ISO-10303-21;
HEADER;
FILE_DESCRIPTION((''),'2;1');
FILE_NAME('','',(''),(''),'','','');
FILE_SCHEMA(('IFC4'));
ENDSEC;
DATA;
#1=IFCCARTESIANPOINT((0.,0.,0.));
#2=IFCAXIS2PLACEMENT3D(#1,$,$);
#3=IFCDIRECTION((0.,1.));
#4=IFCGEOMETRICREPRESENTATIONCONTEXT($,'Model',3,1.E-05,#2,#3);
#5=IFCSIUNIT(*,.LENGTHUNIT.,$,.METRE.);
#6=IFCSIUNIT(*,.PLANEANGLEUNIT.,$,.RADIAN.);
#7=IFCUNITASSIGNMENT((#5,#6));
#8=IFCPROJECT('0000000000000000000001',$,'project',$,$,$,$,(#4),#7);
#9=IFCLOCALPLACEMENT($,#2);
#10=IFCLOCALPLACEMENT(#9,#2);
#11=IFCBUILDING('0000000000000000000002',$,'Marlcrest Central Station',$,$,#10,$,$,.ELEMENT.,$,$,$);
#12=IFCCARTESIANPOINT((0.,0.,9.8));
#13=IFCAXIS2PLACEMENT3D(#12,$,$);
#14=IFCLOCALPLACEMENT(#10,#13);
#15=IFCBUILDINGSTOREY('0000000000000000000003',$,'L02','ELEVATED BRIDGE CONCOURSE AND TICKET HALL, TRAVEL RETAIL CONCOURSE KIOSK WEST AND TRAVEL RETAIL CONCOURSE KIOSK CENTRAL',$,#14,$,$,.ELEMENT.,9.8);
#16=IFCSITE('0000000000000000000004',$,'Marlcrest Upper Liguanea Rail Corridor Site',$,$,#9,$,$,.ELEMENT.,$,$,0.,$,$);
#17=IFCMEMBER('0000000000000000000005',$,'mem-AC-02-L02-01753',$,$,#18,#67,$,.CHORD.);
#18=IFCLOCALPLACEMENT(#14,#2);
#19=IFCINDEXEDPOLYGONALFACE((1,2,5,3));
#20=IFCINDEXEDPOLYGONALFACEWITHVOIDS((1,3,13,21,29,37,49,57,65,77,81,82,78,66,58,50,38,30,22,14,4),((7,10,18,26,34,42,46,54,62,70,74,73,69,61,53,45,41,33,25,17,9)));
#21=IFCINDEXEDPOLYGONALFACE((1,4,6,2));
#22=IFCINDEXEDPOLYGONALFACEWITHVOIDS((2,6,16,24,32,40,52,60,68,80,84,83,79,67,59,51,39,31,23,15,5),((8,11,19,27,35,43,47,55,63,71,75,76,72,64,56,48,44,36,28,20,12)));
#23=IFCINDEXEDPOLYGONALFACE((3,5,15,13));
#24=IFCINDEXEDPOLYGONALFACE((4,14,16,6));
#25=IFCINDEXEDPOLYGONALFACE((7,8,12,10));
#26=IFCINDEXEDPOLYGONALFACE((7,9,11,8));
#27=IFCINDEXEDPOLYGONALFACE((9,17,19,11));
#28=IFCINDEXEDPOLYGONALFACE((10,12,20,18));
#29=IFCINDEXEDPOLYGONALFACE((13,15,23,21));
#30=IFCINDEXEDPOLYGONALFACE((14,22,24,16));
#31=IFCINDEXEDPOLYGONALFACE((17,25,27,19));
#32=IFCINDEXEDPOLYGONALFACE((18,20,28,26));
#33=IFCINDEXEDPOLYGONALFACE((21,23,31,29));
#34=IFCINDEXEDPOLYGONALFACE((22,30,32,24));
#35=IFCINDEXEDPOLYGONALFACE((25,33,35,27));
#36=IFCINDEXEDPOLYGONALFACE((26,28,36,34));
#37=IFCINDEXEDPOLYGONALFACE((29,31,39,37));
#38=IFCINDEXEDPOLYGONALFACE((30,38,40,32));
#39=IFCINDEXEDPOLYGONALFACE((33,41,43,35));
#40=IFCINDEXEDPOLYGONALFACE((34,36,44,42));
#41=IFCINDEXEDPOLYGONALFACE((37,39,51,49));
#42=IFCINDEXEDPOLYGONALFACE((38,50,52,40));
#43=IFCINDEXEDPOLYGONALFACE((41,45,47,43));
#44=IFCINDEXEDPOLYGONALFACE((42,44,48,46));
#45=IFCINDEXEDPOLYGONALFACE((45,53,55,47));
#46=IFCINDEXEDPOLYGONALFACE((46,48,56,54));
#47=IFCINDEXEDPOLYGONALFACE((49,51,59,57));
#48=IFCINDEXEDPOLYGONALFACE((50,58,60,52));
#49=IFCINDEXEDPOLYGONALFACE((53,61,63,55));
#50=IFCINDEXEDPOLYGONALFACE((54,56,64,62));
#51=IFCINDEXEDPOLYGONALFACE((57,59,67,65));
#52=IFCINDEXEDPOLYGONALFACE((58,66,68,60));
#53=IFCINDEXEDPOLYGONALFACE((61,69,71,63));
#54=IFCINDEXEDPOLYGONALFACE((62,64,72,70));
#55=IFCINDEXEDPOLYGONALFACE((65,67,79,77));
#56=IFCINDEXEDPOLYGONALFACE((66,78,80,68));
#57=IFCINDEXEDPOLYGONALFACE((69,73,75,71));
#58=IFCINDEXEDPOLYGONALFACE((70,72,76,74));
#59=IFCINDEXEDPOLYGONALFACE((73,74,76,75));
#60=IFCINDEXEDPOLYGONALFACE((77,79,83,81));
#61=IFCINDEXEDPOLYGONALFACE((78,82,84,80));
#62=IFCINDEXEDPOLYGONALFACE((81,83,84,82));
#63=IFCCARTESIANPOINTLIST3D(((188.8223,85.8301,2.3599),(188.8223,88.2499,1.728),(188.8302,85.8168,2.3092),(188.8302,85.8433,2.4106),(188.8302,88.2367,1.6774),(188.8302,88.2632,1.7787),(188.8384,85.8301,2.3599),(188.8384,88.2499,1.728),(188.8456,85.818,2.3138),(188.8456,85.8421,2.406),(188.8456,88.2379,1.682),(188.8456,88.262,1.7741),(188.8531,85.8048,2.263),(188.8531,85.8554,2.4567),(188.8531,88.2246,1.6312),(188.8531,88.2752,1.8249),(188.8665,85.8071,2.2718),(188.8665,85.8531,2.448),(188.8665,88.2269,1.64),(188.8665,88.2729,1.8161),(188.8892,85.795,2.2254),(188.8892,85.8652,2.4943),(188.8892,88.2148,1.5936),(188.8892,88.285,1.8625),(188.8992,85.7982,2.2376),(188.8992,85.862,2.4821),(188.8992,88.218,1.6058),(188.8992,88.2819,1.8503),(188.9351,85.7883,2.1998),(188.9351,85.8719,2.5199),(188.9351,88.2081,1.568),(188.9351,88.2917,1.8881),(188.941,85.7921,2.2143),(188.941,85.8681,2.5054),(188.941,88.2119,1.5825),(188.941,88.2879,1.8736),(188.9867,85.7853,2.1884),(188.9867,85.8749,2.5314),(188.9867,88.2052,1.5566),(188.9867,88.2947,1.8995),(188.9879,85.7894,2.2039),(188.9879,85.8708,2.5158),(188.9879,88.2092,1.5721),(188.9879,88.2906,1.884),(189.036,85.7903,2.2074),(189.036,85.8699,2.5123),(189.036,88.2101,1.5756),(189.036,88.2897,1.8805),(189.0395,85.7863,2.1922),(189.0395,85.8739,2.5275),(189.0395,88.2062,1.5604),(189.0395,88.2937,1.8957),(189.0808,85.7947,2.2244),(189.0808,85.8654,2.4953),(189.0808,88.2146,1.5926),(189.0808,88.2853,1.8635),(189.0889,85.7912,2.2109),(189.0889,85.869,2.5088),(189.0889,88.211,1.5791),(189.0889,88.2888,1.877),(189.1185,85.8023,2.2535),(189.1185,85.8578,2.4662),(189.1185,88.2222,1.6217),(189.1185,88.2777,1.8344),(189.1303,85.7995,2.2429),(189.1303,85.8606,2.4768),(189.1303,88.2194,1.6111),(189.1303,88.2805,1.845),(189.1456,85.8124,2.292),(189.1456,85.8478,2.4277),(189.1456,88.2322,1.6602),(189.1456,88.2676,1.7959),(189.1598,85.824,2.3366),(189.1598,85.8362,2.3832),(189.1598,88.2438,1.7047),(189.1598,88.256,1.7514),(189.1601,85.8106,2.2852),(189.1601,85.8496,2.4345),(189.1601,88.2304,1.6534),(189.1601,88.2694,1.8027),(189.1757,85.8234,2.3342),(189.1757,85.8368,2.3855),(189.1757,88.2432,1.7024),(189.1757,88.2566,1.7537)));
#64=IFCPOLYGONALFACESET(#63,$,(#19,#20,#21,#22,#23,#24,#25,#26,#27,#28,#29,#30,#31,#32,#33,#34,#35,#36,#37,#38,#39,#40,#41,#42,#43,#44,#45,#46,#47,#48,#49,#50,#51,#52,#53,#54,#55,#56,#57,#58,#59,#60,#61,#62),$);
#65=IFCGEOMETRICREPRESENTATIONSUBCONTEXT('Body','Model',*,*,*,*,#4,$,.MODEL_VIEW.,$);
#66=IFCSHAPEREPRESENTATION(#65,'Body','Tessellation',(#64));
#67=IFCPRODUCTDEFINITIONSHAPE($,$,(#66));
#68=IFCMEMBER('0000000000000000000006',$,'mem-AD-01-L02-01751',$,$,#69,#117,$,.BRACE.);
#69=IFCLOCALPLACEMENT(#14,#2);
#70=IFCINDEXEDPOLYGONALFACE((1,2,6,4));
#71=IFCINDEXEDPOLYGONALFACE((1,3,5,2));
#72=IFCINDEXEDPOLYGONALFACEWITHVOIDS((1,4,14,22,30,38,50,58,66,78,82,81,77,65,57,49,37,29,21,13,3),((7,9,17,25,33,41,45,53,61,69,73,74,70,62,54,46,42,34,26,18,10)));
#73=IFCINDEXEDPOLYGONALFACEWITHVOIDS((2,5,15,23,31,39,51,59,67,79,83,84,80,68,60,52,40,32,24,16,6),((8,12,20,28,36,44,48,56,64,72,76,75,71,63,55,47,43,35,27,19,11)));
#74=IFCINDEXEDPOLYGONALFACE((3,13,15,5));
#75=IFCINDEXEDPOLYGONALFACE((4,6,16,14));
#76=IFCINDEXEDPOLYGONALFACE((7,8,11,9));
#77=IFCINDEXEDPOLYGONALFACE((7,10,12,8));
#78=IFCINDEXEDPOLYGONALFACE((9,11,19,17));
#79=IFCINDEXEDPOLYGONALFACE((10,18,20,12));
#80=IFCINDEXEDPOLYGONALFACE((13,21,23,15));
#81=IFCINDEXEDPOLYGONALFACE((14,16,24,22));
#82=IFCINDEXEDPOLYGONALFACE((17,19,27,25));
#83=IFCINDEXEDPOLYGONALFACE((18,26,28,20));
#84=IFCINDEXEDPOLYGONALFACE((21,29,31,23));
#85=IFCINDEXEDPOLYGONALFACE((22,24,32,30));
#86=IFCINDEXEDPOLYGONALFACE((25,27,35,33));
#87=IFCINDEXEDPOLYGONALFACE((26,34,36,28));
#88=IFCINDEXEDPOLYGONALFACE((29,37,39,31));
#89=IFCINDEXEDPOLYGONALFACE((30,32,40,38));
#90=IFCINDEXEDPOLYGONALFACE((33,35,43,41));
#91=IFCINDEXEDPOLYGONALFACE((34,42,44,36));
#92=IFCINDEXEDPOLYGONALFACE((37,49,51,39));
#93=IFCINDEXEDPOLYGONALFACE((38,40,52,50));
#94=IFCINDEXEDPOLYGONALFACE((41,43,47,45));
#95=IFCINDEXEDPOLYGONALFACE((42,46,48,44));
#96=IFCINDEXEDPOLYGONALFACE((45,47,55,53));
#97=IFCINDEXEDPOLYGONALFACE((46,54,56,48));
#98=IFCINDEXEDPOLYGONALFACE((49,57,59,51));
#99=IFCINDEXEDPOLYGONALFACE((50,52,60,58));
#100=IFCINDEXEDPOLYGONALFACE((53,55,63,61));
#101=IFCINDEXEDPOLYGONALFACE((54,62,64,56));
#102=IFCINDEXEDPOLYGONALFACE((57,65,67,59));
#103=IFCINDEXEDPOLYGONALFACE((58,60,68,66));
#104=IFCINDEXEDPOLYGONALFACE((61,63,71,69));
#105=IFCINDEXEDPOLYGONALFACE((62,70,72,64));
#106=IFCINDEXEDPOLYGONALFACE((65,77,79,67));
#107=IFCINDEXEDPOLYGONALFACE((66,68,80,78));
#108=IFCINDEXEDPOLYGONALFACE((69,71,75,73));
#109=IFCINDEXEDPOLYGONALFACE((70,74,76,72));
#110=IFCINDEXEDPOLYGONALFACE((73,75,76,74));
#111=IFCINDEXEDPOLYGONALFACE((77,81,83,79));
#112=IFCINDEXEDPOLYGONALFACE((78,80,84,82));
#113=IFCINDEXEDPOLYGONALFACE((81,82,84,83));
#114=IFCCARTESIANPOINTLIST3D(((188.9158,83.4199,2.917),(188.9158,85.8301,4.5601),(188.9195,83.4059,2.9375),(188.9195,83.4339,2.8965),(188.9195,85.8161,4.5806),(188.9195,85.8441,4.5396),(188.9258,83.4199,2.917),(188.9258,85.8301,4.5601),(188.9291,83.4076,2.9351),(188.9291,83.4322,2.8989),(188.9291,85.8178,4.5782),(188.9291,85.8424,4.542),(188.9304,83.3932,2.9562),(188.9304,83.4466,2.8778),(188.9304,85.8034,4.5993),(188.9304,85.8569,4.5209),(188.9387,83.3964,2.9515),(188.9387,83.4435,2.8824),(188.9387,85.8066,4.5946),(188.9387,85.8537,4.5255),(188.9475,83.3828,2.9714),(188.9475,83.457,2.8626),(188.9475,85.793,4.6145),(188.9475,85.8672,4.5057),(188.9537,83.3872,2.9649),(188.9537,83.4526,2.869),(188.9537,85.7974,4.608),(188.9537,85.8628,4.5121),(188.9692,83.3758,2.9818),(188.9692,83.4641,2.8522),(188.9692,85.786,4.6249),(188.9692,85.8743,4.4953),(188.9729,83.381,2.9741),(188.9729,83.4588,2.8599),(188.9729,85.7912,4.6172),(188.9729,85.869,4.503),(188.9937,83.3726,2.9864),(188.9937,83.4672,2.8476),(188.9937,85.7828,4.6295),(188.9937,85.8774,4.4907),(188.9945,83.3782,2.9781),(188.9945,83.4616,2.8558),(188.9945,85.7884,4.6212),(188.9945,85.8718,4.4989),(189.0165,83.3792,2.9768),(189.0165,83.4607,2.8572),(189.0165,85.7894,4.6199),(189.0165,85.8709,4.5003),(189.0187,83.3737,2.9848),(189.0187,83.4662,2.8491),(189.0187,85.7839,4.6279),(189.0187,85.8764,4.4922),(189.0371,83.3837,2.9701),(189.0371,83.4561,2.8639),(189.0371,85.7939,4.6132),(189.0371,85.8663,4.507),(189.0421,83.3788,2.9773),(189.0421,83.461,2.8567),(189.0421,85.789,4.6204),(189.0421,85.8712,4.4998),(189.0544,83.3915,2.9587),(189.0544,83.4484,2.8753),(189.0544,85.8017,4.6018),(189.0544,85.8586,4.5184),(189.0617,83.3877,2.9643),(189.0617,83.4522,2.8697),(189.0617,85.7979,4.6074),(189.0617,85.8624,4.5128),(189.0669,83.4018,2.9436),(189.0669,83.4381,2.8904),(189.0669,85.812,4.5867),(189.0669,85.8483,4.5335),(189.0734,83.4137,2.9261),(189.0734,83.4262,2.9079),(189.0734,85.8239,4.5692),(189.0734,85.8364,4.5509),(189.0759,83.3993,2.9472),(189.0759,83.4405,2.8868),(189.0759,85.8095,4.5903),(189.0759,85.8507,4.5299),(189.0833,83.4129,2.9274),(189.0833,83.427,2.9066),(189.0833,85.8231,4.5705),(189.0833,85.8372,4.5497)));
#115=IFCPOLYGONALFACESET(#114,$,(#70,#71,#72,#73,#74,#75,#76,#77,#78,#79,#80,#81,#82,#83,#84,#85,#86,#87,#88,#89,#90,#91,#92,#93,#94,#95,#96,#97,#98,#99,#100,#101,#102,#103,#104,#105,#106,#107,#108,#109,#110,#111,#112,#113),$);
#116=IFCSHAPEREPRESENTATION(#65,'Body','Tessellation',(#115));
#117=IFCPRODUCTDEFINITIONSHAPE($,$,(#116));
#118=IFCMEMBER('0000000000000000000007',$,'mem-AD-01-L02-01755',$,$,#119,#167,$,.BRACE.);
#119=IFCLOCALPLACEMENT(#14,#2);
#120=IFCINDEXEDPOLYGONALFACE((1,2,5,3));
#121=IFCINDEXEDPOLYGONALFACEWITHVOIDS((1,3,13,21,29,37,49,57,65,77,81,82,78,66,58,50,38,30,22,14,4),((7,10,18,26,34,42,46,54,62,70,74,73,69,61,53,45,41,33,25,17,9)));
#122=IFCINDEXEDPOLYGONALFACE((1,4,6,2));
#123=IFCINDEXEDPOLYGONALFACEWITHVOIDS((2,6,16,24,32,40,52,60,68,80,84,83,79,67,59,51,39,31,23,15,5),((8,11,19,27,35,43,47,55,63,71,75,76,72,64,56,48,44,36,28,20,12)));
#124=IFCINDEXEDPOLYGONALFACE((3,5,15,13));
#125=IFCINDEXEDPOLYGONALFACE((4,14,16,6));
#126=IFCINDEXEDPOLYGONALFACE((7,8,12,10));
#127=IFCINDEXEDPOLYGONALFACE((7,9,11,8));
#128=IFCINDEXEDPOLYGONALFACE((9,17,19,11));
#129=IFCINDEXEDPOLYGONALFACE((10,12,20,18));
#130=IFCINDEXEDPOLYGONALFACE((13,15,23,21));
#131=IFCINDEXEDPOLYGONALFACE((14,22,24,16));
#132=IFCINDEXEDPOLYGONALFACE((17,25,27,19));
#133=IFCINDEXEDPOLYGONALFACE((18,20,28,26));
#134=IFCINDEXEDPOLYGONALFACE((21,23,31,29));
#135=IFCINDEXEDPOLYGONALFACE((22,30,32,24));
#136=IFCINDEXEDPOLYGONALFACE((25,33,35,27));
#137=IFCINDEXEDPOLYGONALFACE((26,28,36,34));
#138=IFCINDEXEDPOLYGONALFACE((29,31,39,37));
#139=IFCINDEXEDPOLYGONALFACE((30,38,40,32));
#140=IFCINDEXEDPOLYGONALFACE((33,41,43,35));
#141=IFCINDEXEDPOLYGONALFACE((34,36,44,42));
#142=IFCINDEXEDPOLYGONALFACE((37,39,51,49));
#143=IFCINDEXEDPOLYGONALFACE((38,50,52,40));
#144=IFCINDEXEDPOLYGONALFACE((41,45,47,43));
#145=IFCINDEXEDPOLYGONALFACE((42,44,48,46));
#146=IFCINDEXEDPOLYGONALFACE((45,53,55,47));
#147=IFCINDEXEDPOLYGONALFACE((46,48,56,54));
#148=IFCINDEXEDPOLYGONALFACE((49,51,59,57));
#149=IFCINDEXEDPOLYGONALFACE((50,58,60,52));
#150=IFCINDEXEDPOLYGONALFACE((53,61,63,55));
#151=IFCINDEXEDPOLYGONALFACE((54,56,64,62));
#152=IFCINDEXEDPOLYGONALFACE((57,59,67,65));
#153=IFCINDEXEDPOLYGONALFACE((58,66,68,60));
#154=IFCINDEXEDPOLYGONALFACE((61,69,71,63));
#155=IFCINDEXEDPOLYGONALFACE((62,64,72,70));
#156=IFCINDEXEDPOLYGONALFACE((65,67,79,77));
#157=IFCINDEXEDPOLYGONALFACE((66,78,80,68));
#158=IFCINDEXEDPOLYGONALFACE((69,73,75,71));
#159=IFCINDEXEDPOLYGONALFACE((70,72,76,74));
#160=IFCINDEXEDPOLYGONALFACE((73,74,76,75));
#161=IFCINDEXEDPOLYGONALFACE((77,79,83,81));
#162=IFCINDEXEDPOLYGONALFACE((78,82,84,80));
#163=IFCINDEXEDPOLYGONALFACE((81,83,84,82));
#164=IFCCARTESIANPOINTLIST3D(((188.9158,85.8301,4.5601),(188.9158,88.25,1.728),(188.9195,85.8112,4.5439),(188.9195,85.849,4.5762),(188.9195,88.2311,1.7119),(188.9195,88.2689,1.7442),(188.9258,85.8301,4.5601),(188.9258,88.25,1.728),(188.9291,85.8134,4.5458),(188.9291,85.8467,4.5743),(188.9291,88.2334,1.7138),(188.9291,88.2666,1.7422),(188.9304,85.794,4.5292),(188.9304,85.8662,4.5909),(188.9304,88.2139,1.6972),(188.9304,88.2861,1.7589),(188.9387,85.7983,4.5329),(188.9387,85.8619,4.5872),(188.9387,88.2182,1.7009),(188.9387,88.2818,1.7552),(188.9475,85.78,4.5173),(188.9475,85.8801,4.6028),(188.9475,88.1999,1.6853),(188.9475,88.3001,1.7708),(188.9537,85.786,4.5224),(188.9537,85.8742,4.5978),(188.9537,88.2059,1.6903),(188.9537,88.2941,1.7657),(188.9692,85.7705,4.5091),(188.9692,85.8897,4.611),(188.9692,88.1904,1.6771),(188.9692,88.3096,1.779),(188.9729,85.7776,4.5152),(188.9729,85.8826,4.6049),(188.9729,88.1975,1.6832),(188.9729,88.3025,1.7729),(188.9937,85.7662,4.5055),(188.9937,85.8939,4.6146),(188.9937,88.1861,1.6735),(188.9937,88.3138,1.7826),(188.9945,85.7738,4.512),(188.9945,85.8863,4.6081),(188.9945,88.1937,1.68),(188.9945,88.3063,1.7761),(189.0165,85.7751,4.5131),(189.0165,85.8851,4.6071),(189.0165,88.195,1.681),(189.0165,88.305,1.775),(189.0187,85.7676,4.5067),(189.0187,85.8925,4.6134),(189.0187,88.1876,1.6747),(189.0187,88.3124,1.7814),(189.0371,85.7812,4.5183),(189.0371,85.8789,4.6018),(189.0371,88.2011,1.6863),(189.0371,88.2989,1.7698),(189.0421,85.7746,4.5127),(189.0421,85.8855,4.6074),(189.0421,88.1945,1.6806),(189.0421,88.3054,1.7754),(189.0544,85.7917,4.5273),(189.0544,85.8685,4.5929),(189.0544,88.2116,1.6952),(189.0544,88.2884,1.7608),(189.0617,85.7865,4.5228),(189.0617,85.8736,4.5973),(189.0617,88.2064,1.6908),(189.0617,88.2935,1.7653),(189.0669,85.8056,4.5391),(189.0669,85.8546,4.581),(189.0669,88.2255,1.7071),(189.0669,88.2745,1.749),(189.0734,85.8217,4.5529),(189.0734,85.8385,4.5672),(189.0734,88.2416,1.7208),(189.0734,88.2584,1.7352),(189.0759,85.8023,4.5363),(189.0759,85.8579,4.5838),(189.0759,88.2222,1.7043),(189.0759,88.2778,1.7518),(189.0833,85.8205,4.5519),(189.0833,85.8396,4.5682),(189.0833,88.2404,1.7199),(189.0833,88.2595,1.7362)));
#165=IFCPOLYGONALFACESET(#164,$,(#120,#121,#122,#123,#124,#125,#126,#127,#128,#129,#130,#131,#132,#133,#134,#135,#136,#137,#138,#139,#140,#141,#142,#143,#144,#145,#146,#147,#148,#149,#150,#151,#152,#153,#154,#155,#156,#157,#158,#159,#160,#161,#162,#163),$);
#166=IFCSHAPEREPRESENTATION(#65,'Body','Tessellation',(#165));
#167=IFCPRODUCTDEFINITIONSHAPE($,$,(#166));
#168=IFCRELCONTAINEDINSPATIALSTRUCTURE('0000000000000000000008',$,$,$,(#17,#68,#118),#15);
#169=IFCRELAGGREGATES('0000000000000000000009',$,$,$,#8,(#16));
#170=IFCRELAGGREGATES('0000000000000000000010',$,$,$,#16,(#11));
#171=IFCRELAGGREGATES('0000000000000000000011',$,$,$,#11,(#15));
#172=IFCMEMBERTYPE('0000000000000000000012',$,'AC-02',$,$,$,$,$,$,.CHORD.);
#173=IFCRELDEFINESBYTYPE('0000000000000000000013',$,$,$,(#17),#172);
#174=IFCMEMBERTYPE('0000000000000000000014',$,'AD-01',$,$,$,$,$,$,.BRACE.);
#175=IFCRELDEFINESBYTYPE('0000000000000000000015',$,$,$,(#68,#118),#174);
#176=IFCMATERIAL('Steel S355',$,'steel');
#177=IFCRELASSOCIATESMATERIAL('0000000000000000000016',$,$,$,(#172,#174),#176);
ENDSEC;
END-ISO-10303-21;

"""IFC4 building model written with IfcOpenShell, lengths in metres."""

from ifc_helpers import new_model, si_unit, direction, frame, origin, origin_2d, place, context, subcontext, project, spatial, hollow_circle, extrude, material, material_profile, profile_set, type_object, element, save


model = new_model("IFC4")

# Units and contexts
model_context = context("Model", 3, precision=1e-05, world=origin(), true_north=direction((0.0, 1.0)))
body_context = subcontext(model_context, "Body", "Model", "MODEL_VIEW")
ifc_project = project(units=[si_unit("LENGTHUNIT", "METRE"), si_unit("PLANEANGLEUNIT", "RADIAN")], contexts=[model_context])

# Site, building, storey
site_placement = place(None, origin())
site = spatial("IfcSite", under=ifc_project, at=site_placement, Name="Marlcrest Upper Liguanea Rail Corridor Site", CompositionType="ELEMENT", RefElevation=0.0)
building_placement = place(site_placement, origin())
building = spatial("IfcBuilding", under=site, at=building_placement, Name="Marlcrest Central Station", CompositionType="ELEMENT")
storey_placement = place(building_placement, frame((0.0, 0.0, 9.8)))
storey = spatial("IfcBuildingStorey", under=building, at=storey_placement, Name="L02", Description="ELEVATED BRIDGE CONCOURSE AND TICKET HALL, TRAVEL RETAIL CONCOURSE KIOSK WEST AND TRAVEL RETAIL CONCOURSE KIOSK CENTRAL", CompositionType="ELEMENT", Elevation=9.8)

# Members
ifc_material_1 = material(Name="Steel S355", Category="steel")
ifc_material_profile_1 = material_profile(ifc_material_1, hollow_circle(Radius=0.1777, WallThickness=0.0161, at=origin_2d()), Name="CHS 355.6x16")
ifc_profile_set_1 = profile_set([ifc_material_profile_1], Name="Steel S355")
member_type_1 = type_object("IfcMemberType", Name="AC-02", PredefinedType="CHORD", material=ifc_profile_set_1)
member_1_placement = place(storey_placement, frame((189.0, 85.8301, 2.3599), z_axis=(0.0, 0.967563, -0.252629), x_axis=(-1.0, 0.0, 0.0)))
element("IfcMember", 1, at=member_1_placement, inside=storey, type_object=member_type_1, Name="mem-AC-02-L02-01753", PredefinedType="CHORD", context=body_context, shape_type="SweptSolid", body=[
    extrude(hollow_circle(Radius=0.1777, WallThickness=0.0161, at=origin_2d()), origin(), (0.0, 0.0, 1.0), 2.501),
])
ifc_material_profile_2 = material_profile(ifc_material_1, hollow_circle(Radius=0.0842, WallThickness=0.01, at=origin_2d()), Name="CHS 168.3x10")
ifc_profile_set_2 = profile_set([ifc_material_profile_2], Name="Steel S355")
member_type_2 = type_object("IfcMemberType", Name="AD-01", PredefinedType="BRACE", material=ifc_profile_set_2)
member_2_placement = place(storey_placement, frame((189.0, 83.4199, 2.917), z_axis=(0.0, 0.826263, 0.563285), x_axis=(-1.0, 0.0, 0.0)))
element("IfcMember", 2, at=member_2_placement, inside=storey, type_object=member_type_2, Name="mem-AD-01-L02-01751", PredefinedType="BRACE", context=body_context, shape_type="SweptSolid", body=[
    extrude(hollow_circle(Radius=0.0842, WallThickness=0.01, at=origin_2d()), origin(), (0.0, 0.0, 1.0), 2.917),
])
member_3_placement = place(storey_placement, frame((189.0, 85.8301, 4.5601), z_axis=(0.0, 0.649625, -0.760255), x_axis=(-1.0, 0.0, 0.0)))
element("IfcMember", 3, at=member_3_placement, inside=storey, type_object=member_type_2, Name="mem-AD-01-L02-01755", PredefinedType="BRACE", context=body_context, shape_type="SweptSolid", body=[
    extrude(hollow_circle(Radius=0.0842, WallThickness=0.01, at=origin_2d()), origin(), (0.0, 0.0, 1.0), 3.7251),
])

save(model, "model.ifc")
